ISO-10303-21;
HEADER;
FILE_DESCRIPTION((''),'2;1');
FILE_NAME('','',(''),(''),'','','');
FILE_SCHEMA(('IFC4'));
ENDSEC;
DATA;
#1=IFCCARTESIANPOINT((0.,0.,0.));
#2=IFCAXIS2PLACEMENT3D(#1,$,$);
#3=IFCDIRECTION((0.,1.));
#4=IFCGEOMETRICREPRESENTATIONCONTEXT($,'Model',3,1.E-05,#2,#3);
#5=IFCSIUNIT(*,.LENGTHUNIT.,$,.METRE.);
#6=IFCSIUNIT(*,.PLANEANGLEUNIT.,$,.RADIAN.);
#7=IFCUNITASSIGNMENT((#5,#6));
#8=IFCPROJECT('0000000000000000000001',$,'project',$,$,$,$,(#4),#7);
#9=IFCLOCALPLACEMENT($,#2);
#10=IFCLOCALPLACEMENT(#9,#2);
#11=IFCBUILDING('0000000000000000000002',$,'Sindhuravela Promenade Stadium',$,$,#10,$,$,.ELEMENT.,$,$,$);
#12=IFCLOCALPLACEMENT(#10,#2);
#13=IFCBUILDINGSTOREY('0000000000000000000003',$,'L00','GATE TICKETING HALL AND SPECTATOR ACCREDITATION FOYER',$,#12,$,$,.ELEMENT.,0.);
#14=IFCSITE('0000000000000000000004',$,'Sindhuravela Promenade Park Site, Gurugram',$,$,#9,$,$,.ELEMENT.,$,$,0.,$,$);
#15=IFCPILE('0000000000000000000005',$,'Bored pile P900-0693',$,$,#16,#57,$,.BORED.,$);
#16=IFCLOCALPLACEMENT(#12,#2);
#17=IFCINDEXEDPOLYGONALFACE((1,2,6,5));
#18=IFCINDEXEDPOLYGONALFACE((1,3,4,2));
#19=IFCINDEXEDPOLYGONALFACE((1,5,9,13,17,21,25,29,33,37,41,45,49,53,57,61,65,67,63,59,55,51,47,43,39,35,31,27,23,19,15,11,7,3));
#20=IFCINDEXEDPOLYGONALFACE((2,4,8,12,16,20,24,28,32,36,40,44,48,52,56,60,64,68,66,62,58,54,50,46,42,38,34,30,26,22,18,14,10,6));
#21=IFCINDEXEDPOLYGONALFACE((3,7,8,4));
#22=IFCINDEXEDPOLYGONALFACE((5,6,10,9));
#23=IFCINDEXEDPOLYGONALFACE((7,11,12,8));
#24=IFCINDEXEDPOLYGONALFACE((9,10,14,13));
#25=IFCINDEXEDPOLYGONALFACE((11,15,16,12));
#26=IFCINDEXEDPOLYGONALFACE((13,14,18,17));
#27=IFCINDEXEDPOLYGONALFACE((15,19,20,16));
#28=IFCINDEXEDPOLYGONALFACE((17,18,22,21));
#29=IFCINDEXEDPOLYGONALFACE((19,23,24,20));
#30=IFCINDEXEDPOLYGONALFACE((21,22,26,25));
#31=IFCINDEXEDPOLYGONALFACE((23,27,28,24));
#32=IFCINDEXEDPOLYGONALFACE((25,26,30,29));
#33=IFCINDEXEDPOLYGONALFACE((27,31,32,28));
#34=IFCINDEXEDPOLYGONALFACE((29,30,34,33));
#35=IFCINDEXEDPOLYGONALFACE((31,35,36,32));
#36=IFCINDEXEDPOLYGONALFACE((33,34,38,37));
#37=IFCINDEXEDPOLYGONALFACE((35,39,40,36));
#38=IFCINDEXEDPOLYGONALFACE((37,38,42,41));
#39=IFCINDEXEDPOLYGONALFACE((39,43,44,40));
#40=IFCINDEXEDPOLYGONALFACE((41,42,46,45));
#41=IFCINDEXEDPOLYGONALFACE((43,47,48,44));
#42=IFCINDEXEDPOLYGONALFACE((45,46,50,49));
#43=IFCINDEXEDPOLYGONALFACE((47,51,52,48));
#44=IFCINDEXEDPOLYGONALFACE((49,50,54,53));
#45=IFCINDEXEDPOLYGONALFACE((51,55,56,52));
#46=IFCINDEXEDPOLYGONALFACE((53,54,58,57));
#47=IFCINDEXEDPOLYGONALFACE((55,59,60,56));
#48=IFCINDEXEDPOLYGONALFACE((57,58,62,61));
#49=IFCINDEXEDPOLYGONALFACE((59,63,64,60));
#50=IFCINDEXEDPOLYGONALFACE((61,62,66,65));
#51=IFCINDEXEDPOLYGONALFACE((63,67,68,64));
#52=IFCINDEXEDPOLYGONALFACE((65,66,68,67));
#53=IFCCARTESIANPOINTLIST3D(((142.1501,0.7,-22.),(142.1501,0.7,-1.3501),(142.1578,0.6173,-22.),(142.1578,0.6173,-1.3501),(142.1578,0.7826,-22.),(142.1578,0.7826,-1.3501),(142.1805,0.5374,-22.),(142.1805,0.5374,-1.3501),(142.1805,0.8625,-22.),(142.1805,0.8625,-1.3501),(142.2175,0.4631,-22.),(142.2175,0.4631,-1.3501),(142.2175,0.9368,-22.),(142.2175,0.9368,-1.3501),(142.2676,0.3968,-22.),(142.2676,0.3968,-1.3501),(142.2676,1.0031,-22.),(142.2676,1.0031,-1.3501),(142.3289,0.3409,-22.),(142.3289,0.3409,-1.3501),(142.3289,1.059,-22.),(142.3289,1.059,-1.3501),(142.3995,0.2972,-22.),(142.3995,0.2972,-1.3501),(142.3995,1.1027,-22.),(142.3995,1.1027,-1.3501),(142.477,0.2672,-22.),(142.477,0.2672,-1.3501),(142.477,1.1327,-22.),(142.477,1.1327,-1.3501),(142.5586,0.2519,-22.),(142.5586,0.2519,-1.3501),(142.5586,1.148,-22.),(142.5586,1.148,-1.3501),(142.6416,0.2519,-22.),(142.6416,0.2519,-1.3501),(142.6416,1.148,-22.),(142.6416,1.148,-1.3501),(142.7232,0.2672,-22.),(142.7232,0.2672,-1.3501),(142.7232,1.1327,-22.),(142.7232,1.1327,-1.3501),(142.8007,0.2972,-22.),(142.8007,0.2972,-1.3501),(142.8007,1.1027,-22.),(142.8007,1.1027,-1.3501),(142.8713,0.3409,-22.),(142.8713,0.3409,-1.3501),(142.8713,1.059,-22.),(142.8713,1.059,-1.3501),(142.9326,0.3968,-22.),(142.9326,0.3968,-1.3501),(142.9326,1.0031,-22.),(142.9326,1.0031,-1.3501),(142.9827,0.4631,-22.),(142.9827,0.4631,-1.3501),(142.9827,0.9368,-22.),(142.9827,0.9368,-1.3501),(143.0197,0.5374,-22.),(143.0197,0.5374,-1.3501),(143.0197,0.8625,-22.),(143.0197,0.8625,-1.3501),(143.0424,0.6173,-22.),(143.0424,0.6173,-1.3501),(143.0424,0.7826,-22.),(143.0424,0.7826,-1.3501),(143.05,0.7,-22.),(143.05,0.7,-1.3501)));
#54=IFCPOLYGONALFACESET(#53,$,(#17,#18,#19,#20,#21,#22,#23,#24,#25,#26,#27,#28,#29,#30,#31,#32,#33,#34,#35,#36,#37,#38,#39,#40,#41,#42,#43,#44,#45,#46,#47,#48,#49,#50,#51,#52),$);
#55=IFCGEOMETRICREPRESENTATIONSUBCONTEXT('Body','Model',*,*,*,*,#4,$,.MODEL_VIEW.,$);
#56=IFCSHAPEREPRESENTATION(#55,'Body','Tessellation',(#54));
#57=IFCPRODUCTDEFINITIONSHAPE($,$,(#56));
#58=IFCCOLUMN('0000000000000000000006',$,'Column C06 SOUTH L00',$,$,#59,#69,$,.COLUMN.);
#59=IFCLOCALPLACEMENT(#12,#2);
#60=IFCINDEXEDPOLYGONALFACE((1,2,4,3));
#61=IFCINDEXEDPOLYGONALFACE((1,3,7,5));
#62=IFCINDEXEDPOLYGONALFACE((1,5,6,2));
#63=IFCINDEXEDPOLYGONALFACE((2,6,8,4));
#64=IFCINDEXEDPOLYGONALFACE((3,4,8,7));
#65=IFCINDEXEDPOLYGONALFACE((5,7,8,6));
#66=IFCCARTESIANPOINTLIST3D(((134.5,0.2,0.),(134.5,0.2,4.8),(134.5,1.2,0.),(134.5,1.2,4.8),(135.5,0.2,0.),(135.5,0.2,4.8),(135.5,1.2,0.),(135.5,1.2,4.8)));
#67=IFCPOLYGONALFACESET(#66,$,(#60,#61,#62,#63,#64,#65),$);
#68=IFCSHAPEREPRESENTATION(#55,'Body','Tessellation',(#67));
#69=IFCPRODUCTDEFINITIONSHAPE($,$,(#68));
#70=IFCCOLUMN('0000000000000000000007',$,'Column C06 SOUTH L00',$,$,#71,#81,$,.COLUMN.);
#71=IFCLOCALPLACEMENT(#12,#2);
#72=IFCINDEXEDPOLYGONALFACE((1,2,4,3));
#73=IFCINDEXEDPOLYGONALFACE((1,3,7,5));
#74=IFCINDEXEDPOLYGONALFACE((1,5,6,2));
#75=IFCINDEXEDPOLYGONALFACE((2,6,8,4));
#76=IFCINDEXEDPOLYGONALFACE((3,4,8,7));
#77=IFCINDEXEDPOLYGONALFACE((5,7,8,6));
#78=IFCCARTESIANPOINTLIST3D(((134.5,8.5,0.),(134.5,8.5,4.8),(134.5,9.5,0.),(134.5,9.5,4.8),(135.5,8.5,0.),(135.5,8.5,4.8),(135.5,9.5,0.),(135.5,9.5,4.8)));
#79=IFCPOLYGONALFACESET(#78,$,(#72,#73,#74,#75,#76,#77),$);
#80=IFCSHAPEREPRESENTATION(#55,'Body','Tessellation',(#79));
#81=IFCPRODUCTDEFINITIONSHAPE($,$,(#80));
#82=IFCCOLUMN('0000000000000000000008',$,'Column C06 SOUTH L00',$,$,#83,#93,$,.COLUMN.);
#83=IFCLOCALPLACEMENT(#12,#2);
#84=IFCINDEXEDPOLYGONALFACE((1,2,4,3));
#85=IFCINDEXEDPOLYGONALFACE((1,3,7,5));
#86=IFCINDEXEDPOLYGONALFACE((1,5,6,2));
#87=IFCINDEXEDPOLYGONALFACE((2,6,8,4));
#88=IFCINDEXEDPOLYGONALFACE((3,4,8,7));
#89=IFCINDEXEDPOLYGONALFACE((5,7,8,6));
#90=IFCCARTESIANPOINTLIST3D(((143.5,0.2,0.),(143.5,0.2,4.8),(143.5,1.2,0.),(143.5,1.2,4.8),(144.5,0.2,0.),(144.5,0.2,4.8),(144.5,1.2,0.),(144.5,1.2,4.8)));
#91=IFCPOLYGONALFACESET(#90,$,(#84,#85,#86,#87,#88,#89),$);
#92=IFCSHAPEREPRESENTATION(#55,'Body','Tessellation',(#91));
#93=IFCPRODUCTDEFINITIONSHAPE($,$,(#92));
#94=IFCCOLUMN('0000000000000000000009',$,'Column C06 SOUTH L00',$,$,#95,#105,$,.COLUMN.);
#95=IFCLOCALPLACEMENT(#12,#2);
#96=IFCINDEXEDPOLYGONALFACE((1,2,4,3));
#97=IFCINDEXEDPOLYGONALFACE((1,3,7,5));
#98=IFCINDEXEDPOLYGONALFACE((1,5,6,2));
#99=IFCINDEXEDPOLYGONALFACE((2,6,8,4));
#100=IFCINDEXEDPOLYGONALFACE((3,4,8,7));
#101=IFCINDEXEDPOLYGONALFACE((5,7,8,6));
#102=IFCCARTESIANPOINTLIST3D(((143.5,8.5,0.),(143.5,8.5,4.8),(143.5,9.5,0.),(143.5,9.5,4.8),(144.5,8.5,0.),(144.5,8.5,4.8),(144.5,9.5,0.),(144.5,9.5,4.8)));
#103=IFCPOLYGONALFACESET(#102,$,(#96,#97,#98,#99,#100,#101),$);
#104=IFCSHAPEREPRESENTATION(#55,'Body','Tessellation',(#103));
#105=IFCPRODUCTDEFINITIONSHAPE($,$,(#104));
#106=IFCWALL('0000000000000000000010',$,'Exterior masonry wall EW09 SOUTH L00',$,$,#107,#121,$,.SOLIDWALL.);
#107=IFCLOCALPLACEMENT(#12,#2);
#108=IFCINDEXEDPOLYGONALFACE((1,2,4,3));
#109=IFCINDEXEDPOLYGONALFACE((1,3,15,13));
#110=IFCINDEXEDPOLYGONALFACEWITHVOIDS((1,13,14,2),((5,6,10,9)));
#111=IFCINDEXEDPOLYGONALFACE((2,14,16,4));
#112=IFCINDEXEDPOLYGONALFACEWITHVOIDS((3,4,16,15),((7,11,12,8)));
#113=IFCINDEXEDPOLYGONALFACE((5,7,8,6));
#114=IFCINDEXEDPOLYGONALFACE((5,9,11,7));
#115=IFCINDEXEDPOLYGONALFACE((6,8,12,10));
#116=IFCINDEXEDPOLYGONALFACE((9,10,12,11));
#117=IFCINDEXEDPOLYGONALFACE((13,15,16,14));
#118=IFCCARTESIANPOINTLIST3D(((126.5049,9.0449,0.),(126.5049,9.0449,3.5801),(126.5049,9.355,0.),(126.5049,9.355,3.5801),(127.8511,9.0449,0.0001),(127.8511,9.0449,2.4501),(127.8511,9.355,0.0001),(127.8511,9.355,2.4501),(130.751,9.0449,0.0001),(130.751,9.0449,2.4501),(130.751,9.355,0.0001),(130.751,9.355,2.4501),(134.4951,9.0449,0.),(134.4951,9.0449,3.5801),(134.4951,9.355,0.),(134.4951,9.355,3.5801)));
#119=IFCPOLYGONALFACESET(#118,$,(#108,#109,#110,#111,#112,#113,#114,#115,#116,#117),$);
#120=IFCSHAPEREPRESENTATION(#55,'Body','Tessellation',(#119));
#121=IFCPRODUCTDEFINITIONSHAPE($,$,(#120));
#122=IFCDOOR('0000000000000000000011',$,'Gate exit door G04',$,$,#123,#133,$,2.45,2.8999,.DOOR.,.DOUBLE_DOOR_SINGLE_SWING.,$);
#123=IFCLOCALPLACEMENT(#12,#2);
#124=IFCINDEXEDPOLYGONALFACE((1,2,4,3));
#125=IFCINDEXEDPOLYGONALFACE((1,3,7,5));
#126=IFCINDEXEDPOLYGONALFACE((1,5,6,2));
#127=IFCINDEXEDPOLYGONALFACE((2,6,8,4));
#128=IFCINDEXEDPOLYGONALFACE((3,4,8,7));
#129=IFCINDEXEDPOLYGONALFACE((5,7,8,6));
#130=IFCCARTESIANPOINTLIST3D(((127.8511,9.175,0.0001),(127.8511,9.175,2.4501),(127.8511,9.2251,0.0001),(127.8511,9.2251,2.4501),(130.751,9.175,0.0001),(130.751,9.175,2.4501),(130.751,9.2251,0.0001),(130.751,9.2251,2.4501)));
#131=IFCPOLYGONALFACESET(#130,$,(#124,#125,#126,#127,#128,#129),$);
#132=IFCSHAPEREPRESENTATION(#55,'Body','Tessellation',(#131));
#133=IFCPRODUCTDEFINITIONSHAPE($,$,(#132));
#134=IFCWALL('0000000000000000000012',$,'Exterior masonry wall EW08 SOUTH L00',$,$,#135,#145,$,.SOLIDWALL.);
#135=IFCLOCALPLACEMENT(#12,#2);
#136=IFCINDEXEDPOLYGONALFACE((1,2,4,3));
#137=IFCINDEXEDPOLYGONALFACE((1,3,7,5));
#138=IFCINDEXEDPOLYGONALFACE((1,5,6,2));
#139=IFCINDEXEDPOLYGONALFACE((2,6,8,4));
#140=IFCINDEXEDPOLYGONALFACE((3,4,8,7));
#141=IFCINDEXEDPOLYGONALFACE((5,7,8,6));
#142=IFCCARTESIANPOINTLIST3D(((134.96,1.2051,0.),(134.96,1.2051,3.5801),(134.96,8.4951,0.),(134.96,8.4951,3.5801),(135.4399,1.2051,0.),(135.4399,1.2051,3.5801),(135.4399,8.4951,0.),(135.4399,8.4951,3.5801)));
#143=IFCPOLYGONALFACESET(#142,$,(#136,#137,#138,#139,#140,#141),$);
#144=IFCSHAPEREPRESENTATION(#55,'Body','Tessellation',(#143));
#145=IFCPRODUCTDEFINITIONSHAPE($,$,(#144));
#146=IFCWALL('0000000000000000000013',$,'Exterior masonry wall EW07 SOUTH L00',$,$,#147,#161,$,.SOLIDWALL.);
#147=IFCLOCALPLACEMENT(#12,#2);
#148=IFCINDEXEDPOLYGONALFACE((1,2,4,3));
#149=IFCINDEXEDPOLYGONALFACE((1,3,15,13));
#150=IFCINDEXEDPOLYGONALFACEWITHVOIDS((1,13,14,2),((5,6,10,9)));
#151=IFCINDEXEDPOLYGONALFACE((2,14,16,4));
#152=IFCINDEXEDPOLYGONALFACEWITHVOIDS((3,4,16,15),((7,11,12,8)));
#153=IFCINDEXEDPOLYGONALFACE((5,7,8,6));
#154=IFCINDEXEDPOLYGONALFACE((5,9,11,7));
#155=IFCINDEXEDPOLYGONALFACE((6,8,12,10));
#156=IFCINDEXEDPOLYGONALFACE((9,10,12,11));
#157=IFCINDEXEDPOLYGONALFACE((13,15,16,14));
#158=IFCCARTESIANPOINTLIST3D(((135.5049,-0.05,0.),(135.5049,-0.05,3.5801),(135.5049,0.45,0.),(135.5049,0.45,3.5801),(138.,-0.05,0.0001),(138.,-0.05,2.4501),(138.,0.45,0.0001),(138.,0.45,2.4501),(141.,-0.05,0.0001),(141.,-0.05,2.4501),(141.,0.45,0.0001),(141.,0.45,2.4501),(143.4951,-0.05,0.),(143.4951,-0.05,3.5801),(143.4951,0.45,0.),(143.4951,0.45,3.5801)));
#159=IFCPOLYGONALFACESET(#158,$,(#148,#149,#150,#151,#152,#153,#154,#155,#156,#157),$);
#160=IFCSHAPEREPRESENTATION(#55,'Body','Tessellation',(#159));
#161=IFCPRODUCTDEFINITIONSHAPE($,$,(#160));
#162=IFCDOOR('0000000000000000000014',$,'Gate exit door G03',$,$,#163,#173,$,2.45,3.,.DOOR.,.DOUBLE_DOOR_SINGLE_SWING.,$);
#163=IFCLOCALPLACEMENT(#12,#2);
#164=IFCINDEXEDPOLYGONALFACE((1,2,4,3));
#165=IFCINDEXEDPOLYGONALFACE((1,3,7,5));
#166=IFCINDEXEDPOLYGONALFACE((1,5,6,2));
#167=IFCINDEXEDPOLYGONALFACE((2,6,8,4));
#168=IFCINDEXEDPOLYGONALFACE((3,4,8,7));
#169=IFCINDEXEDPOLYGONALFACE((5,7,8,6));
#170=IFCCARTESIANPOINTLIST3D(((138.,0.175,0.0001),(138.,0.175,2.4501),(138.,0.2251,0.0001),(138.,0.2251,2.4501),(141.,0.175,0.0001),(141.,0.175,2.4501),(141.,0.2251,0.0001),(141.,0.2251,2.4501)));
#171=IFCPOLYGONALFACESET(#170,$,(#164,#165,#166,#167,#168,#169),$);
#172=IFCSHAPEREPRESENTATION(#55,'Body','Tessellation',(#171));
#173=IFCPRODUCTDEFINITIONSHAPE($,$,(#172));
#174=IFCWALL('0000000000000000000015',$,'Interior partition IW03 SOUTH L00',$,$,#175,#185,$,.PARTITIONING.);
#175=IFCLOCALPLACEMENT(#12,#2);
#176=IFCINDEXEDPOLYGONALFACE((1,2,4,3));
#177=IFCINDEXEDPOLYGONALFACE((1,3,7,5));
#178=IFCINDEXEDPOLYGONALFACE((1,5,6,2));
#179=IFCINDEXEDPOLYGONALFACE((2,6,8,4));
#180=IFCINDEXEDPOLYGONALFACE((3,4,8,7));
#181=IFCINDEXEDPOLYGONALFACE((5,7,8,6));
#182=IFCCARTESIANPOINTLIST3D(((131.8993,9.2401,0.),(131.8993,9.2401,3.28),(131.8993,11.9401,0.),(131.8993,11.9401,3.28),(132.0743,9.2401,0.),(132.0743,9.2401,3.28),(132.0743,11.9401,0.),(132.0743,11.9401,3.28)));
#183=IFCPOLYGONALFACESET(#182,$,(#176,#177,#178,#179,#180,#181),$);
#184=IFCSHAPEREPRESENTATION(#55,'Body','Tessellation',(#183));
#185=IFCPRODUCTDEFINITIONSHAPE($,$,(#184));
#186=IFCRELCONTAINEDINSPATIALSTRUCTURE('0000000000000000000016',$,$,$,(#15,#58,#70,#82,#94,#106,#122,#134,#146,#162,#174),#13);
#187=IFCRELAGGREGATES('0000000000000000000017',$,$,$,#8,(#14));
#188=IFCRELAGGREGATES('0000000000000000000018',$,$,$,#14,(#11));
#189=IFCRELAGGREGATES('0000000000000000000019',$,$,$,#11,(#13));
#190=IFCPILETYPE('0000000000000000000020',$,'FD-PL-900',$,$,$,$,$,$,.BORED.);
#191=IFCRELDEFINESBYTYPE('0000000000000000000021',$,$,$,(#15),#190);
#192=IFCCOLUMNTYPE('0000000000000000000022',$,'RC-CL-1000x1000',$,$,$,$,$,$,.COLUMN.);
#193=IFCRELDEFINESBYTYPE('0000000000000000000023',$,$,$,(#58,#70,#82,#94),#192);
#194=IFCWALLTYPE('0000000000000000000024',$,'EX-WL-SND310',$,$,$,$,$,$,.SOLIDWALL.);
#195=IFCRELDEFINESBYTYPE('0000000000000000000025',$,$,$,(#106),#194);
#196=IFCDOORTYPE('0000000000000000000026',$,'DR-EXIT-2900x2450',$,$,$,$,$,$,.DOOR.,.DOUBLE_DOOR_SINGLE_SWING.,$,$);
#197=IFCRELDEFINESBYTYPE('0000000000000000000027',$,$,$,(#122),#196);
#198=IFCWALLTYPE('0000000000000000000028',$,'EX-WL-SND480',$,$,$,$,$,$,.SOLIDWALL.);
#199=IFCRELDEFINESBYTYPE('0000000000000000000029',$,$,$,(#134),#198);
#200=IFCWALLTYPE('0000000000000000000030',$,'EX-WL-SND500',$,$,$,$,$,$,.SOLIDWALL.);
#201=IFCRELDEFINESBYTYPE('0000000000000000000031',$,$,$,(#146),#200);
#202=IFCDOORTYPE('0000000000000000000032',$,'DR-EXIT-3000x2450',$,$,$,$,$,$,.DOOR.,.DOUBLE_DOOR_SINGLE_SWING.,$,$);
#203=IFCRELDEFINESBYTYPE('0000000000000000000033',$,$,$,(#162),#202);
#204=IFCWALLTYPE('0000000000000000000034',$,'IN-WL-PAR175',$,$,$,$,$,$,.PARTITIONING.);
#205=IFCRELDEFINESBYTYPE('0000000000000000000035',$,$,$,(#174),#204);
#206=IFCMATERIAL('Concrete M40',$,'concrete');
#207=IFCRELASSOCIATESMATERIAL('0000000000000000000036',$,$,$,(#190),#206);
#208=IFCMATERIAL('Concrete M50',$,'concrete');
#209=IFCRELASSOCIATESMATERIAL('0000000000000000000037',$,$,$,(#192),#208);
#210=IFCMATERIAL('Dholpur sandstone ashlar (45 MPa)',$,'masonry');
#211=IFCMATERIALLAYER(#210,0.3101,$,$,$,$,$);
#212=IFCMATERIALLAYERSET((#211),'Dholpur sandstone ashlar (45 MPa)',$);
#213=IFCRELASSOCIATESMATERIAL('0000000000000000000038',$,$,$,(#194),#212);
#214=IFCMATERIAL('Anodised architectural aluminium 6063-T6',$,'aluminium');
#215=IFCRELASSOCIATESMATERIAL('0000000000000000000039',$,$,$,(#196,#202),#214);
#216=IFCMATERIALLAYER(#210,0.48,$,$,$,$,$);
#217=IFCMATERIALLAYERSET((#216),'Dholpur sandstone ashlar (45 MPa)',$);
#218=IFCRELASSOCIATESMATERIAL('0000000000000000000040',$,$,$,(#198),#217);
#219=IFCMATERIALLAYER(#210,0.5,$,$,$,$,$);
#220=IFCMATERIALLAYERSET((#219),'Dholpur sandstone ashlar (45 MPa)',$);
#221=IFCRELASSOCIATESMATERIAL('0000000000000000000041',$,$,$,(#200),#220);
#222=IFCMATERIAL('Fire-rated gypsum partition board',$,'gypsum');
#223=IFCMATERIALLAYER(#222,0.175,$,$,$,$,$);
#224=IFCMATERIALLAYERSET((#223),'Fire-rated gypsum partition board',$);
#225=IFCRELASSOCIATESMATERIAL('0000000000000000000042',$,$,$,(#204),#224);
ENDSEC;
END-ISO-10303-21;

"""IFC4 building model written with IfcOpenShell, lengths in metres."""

from ifc_helpers import new_model, si_unit, direction, frame, frame_2d, origin, origin_2d, place, context, subcontext, project, spatial, rectangle, circle, extrude, material, layer, layer_set, material_profile, profile_set, type_object, element, fill, save


model = new_model("IFC4")

# Units and contexts
model_context = context("Model", 3, precision=1e-05, world=origin(), true_north=direction((0.0, 1.0)))
body_context = subcontext(model_context, "Body", "Model", "MODEL_VIEW")
ifc_project = project(units=[si_unit("LENGTHUNIT", "METRE"), si_unit("PLANEANGLEUNIT", "RADIAN")], contexts=[model_context])

# Site, building, storey
site_placement = place(None, origin())
site = spatial("IfcSite", under=ifc_project, at=site_placement, Name="Sindhuravela Promenade Park Site, Gurugram", CompositionType="ELEMENT", RefElevation=0.0)
building_placement = place(site_placement, origin())
building = spatial("IfcBuilding", under=site, at=building_placement, Name="Sindhuravela Promenade Stadium", CompositionType="ELEMENT")
storey_placement = place(building_placement, origin())
storey = spatial("IfcBuildingStorey", under=building, at=storey_placement, Name="L00", Description="GATE TICKETING HALL AND SPECTATOR ACCREDITATION FOYER", CompositionType="ELEMENT", Elevation=0.0)

# Shared definitions
ifc_material_1 = material(Name="Concrete M50", Category="concrete")

# Pile
ifc_material_2 = material(Name="Concrete M40", Category="concrete")
ifc_material_profile_1 = material_profile(ifc_material_2, circle(Radius=0.45, at=origin_2d()), Name="BORED PILE D900")
ifc_profile_set_1 = profile_set([ifc_material_profile_1], Name="Concrete M40")
pile_type_1 = type_object("IfcPileType", Name="FD-PL-900", PredefinedType="BORED", material=ifc_profile_set_1)
for number, where, z_axis, x_axis, name in (
    (1, (142.6001, 0.7, -1.3501), (0.0, 0.0, -1.0), (1.0, 0.0, 0.0), "Bored pile P900-0693"),
):
    element("IfcPile", number, at=place(storey_placement, frame(where, z_axis=z_axis, x_axis=x_axis)), inside=storey, type_object=pile_type_1, Name=name, PredefinedType="BORED", context=body_context, shape_type="SweptSolid", body=[
        extrude(circle(Radius=0.45, at=origin_2d()), origin(), (0.0, 0.0, 1.0), 20.6499),
    ])

# Columns
ifc_material_profile_2 = material_profile(ifc_material_1, rectangle(XDim=1.0, YDim=1.0, at=origin_2d()), Name="RC 1000x1000")
ifc_profile_set_2 = profile_set([ifc_material_profile_2], Name="Concrete M50")
column_type = type_object("IfcColumnType", Name="RC-CL-1000x1000", PredefinedType="COLUMN", material=ifc_profile_set_2)
for number, where, z_axis, x_axis, name in (
    (2, (135.0, 0.7, 0.0), (0.0, 0.0, 1.0), (1.0, 0.0, 0.0), "Column C06 SOUTH L00"),
    (3, (135.0, 9.0, 0.0), (0.0, 0.0, 1.0), (1.0, 0.0, 0.0), "Column C06 SOUTH L00"),
    (4, (144.0, 0.7, 0.0), (0.0, 0.0, 1.0), (1.0, 0.0, 0.0), "Column C06 SOUTH L00"),
    (5, (144.0, 9.0, 0.0), (0.0, 0.0, 1.0), (1.0, 0.0, 0.0), "Column C06 SOUTH L00"),
):
    element("IfcColumn", number, at=place(storey_placement, frame(where, z_axis=z_axis, x_axis=x_axis)), inside=storey, type_object=column_type, Name=name, PredefinedType="COLUMN", context=body_context, shape_type="SweptSolid", body=[
        extrude(rectangle(XDim=1.0, YDim=1.0, at=origin_2d()), origin(), (0.0, 0.0, 1.0), 4.8),
    ])

# Wall, opening, door
ifc_material_3 = material(Name="Dholpur sandstone ashlar (45 MPa)", Category="masonry")
ifc_layer_1 = layer(ifc_material_3, 0.3101)
ifc_layer_set_1 = layer_set([ifc_layer_1], Name="Dholpur sandstone ashlar (45 MPa)")
wall_type_1 = type_object("IfcWallType", Name="EX-WL-SND310", PredefinedType="SOLIDWALL", material=ifc_layer_set_1)
wall_1_placement = place(storey_placement, frame((134.4951, 9.2, 0.0), z_axis=(0.0, 0.0, 1.0), x_axis=(-1.0, 0.0, 0.0)))
wall_1 = element("IfcWall", 6, at=wall_1_placement, inside=storey, type_object=wall_type_1, Name="Exterior masonry wall EW09 SOUTH L00", PredefinedType="SOLIDWALL", context=body_context, shape_type="SweptSolid", body=[
    extrude(rectangle(XDim=7.9902, YDim=0.3101, at=frame_2d((3.9951, 0.0))), origin(), (0.0, 0.0, 1.0), 3.5801),
])
opening_1_placement = place(wall_1_placement, frame((3.7441, 0.0, 0.0)))
opening_1 = element("IfcOpeningElement", 7, at=opening_1_placement, cuts=wall_1, PredefinedType="OPENING", context=body_context, shape_type="SweptSolid", body=[
    extrude(rectangle(XDim=2.8999, YDim=2.45, at=frame_2d((1.45, 1.2251))), frame((0.0, 0.165, 0.0), z_axis=(0.0, -1.0, 0.0), x_axis=(1.0, 0.0, 0.0)), (0.0, 0.0, 1.0), 0.3301),
])
ifc_material_4 = material(Name="Anodised architectural aluminium 6063-T6", Category="aluminium")
door_type_1 = type_object("IfcDoorType", Name="DR-EXIT-2900x2450", OperationType="DOUBLE_DOOR_SINGLE_SWING", PredefinedType="DOOR", material=ifc_material_4)
door_1_placement = place(opening_1_placement, origin())
door_1 = element("IfcDoor", 8, at=door_1_placement, inside=storey, type_object=door_type_1, Name="Gate exit door G04", OperationType="DOUBLE_DOOR_SINGLE_SWING", OverallHeight=2.45, OverallWidth=2.8999, PredefinedType="DOOR", context=body_context, shape_type="SweptSolid", body=[
    extrude(rectangle(XDim=2.8999, YDim=2.45, at=frame_2d((1.45, 1.2251))), frame((0.0, 0.0249, 0.0), z_axis=(0.0, -1.0, 0.0), x_axis=(1.0, 0.0, 0.0)), (0.0, 0.0, 1.0), 0.05),
])
fill(opening_1, door_1)

# Wall
ifc_layer_2 = layer(ifc_material_3, 0.48)
ifc_layer_set_2 = layer_set([ifc_layer_2], Name="Dholpur sandstone ashlar (45 MPa)")
wall_type_2 = type_object("IfcWallType", Name="EX-WL-SND480", PredefinedType="SOLIDWALL", material=ifc_layer_set_2)
wall_2_placement = place(storey_placement, frame((135.2, 1.2051, 0.0), z_axis=(0.0, 0.0, 1.0), x_axis=(0.0, 1.0, 0.0)))
element("IfcWall", 9, at=wall_2_placement, inside=storey, type_object=wall_type_2, Name="Exterior masonry wall EW08 SOUTH L00", PredefinedType="SOLIDWALL", context=body_context, shape_type="SweptSolid", body=[
    extrude(rectangle(XDim=7.29, YDim=0.48, at=frame_2d((3.645, 0.0))), origin(), (0.0, 0.0, 1.0), 3.5801),
])

# Wall, opening, door
ifc_layer_3 = layer(ifc_material_3, 0.5)
ifc_layer_set_3 = layer_set([ifc_layer_3], Name="Dholpur sandstone ashlar (45 MPa)")
wall_type_3 = type_object("IfcWallType", Name="EX-WL-SND500", PredefinedType="SOLIDWALL", material=ifc_layer_set_3)
wall_3_placement = place(storey_placement, frame((143.4951, 0.2, 0.0), z_axis=(0.0, 0.0, 1.0), x_axis=(-1.0, 0.0, 0.0)))
wall_3 = element("IfcWall", 10, at=wall_3_placement, inside=storey, type_object=wall_type_3, Name="Exterior masonry wall EW07 SOUTH L00", PredefinedType="SOLIDWALL", context=body_context, shape_type="SweptSolid", body=[
    extrude(rectangle(XDim=7.9902, YDim=0.5, at=frame_2d((3.9951, 0.0))), origin(), (0.0, 0.0, 1.0), 3.5801),
])
opening_2_placement = place(wall_3_placement, frame((2.4951, 0.0, 0.0)))
opening_2 = element("IfcOpeningElement", 11, at=opening_2_placement, cuts=wall_3, PredefinedType="OPENING", context=body_context, shape_type="SweptSolid", body=[
    extrude(rectangle(XDim=3.0, YDim=2.45, at=frame_2d((1.5, 1.2251))), frame((0.0, 0.26, 0.0), z_axis=(0.0, -1.0, 0.0), x_axis=(1.0, 0.0, 0.0)), (0.0, 0.0, 1.0), 0.52),
])
door_type_2 = type_object("IfcDoorType", Name="DR-EXIT-3000x2450", OperationType="DOUBLE_DOOR_SINGLE_SWING", PredefinedType="DOOR", material=ifc_material_4)
door_2_placement = place(opening_2_placement, origin())
door_2 = element("IfcDoor", 12, at=door_2_placement, inside=storey, type_object=door_type_2, Name="Gate exit door G03", OperationType="DOUBLE_DOOR_SINGLE_SWING", OverallHeight=2.45, OverallWidth=3.0, PredefinedType="DOOR", context=body_context, shape_type="SweptSolid", body=[
    extrude(rectangle(XDim=3.0, YDim=2.45, at=frame_2d((1.5, 1.2251))), frame((0.0, 0.0249, 0.0), z_axis=(0.0, -1.0, 0.0), x_axis=(1.0, 0.0, 0.0)), (0.0, 0.0, 1.0), 0.05),
])
fill(opening_2, door_2)

# Wall
ifc_material_5 = material(Name="Fire-rated gypsum partition board", Category="gypsum")
ifc_layer_4 = layer(ifc_material_5, 0.175)
ifc_layer_set_4 = layer_set([ifc_layer_4], Name="Fire-rated gypsum partition board")
wall_type_4 = type_object("IfcWallType", Name="IN-WL-PAR175", PredefinedType="PARTITIONING", material=ifc_layer_set_4)
wall_4_placement = place(storey_placement, frame((131.9868, 9.24, 0.0), z_axis=(0.0, 0.0, 1.0), x_axis=(0.0, 1.0, 0.0)))
element("IfcWall", 13, at=wall_4_placement, inside=storey, type_object=wall_type_4, Name="Interior partition IW03 SOUTH L00", PredefinedType="PARTITIONING", context=body_context, shape_type="SweptSolid", body=[
    extrude(rectangle(XDim=2.7, YDim=0.175, at=frame_2d((1.3501, 0.0))), origin(), (0.0, 0.0, 1.0), 3.28),
])

save(model, "model.ifc")
